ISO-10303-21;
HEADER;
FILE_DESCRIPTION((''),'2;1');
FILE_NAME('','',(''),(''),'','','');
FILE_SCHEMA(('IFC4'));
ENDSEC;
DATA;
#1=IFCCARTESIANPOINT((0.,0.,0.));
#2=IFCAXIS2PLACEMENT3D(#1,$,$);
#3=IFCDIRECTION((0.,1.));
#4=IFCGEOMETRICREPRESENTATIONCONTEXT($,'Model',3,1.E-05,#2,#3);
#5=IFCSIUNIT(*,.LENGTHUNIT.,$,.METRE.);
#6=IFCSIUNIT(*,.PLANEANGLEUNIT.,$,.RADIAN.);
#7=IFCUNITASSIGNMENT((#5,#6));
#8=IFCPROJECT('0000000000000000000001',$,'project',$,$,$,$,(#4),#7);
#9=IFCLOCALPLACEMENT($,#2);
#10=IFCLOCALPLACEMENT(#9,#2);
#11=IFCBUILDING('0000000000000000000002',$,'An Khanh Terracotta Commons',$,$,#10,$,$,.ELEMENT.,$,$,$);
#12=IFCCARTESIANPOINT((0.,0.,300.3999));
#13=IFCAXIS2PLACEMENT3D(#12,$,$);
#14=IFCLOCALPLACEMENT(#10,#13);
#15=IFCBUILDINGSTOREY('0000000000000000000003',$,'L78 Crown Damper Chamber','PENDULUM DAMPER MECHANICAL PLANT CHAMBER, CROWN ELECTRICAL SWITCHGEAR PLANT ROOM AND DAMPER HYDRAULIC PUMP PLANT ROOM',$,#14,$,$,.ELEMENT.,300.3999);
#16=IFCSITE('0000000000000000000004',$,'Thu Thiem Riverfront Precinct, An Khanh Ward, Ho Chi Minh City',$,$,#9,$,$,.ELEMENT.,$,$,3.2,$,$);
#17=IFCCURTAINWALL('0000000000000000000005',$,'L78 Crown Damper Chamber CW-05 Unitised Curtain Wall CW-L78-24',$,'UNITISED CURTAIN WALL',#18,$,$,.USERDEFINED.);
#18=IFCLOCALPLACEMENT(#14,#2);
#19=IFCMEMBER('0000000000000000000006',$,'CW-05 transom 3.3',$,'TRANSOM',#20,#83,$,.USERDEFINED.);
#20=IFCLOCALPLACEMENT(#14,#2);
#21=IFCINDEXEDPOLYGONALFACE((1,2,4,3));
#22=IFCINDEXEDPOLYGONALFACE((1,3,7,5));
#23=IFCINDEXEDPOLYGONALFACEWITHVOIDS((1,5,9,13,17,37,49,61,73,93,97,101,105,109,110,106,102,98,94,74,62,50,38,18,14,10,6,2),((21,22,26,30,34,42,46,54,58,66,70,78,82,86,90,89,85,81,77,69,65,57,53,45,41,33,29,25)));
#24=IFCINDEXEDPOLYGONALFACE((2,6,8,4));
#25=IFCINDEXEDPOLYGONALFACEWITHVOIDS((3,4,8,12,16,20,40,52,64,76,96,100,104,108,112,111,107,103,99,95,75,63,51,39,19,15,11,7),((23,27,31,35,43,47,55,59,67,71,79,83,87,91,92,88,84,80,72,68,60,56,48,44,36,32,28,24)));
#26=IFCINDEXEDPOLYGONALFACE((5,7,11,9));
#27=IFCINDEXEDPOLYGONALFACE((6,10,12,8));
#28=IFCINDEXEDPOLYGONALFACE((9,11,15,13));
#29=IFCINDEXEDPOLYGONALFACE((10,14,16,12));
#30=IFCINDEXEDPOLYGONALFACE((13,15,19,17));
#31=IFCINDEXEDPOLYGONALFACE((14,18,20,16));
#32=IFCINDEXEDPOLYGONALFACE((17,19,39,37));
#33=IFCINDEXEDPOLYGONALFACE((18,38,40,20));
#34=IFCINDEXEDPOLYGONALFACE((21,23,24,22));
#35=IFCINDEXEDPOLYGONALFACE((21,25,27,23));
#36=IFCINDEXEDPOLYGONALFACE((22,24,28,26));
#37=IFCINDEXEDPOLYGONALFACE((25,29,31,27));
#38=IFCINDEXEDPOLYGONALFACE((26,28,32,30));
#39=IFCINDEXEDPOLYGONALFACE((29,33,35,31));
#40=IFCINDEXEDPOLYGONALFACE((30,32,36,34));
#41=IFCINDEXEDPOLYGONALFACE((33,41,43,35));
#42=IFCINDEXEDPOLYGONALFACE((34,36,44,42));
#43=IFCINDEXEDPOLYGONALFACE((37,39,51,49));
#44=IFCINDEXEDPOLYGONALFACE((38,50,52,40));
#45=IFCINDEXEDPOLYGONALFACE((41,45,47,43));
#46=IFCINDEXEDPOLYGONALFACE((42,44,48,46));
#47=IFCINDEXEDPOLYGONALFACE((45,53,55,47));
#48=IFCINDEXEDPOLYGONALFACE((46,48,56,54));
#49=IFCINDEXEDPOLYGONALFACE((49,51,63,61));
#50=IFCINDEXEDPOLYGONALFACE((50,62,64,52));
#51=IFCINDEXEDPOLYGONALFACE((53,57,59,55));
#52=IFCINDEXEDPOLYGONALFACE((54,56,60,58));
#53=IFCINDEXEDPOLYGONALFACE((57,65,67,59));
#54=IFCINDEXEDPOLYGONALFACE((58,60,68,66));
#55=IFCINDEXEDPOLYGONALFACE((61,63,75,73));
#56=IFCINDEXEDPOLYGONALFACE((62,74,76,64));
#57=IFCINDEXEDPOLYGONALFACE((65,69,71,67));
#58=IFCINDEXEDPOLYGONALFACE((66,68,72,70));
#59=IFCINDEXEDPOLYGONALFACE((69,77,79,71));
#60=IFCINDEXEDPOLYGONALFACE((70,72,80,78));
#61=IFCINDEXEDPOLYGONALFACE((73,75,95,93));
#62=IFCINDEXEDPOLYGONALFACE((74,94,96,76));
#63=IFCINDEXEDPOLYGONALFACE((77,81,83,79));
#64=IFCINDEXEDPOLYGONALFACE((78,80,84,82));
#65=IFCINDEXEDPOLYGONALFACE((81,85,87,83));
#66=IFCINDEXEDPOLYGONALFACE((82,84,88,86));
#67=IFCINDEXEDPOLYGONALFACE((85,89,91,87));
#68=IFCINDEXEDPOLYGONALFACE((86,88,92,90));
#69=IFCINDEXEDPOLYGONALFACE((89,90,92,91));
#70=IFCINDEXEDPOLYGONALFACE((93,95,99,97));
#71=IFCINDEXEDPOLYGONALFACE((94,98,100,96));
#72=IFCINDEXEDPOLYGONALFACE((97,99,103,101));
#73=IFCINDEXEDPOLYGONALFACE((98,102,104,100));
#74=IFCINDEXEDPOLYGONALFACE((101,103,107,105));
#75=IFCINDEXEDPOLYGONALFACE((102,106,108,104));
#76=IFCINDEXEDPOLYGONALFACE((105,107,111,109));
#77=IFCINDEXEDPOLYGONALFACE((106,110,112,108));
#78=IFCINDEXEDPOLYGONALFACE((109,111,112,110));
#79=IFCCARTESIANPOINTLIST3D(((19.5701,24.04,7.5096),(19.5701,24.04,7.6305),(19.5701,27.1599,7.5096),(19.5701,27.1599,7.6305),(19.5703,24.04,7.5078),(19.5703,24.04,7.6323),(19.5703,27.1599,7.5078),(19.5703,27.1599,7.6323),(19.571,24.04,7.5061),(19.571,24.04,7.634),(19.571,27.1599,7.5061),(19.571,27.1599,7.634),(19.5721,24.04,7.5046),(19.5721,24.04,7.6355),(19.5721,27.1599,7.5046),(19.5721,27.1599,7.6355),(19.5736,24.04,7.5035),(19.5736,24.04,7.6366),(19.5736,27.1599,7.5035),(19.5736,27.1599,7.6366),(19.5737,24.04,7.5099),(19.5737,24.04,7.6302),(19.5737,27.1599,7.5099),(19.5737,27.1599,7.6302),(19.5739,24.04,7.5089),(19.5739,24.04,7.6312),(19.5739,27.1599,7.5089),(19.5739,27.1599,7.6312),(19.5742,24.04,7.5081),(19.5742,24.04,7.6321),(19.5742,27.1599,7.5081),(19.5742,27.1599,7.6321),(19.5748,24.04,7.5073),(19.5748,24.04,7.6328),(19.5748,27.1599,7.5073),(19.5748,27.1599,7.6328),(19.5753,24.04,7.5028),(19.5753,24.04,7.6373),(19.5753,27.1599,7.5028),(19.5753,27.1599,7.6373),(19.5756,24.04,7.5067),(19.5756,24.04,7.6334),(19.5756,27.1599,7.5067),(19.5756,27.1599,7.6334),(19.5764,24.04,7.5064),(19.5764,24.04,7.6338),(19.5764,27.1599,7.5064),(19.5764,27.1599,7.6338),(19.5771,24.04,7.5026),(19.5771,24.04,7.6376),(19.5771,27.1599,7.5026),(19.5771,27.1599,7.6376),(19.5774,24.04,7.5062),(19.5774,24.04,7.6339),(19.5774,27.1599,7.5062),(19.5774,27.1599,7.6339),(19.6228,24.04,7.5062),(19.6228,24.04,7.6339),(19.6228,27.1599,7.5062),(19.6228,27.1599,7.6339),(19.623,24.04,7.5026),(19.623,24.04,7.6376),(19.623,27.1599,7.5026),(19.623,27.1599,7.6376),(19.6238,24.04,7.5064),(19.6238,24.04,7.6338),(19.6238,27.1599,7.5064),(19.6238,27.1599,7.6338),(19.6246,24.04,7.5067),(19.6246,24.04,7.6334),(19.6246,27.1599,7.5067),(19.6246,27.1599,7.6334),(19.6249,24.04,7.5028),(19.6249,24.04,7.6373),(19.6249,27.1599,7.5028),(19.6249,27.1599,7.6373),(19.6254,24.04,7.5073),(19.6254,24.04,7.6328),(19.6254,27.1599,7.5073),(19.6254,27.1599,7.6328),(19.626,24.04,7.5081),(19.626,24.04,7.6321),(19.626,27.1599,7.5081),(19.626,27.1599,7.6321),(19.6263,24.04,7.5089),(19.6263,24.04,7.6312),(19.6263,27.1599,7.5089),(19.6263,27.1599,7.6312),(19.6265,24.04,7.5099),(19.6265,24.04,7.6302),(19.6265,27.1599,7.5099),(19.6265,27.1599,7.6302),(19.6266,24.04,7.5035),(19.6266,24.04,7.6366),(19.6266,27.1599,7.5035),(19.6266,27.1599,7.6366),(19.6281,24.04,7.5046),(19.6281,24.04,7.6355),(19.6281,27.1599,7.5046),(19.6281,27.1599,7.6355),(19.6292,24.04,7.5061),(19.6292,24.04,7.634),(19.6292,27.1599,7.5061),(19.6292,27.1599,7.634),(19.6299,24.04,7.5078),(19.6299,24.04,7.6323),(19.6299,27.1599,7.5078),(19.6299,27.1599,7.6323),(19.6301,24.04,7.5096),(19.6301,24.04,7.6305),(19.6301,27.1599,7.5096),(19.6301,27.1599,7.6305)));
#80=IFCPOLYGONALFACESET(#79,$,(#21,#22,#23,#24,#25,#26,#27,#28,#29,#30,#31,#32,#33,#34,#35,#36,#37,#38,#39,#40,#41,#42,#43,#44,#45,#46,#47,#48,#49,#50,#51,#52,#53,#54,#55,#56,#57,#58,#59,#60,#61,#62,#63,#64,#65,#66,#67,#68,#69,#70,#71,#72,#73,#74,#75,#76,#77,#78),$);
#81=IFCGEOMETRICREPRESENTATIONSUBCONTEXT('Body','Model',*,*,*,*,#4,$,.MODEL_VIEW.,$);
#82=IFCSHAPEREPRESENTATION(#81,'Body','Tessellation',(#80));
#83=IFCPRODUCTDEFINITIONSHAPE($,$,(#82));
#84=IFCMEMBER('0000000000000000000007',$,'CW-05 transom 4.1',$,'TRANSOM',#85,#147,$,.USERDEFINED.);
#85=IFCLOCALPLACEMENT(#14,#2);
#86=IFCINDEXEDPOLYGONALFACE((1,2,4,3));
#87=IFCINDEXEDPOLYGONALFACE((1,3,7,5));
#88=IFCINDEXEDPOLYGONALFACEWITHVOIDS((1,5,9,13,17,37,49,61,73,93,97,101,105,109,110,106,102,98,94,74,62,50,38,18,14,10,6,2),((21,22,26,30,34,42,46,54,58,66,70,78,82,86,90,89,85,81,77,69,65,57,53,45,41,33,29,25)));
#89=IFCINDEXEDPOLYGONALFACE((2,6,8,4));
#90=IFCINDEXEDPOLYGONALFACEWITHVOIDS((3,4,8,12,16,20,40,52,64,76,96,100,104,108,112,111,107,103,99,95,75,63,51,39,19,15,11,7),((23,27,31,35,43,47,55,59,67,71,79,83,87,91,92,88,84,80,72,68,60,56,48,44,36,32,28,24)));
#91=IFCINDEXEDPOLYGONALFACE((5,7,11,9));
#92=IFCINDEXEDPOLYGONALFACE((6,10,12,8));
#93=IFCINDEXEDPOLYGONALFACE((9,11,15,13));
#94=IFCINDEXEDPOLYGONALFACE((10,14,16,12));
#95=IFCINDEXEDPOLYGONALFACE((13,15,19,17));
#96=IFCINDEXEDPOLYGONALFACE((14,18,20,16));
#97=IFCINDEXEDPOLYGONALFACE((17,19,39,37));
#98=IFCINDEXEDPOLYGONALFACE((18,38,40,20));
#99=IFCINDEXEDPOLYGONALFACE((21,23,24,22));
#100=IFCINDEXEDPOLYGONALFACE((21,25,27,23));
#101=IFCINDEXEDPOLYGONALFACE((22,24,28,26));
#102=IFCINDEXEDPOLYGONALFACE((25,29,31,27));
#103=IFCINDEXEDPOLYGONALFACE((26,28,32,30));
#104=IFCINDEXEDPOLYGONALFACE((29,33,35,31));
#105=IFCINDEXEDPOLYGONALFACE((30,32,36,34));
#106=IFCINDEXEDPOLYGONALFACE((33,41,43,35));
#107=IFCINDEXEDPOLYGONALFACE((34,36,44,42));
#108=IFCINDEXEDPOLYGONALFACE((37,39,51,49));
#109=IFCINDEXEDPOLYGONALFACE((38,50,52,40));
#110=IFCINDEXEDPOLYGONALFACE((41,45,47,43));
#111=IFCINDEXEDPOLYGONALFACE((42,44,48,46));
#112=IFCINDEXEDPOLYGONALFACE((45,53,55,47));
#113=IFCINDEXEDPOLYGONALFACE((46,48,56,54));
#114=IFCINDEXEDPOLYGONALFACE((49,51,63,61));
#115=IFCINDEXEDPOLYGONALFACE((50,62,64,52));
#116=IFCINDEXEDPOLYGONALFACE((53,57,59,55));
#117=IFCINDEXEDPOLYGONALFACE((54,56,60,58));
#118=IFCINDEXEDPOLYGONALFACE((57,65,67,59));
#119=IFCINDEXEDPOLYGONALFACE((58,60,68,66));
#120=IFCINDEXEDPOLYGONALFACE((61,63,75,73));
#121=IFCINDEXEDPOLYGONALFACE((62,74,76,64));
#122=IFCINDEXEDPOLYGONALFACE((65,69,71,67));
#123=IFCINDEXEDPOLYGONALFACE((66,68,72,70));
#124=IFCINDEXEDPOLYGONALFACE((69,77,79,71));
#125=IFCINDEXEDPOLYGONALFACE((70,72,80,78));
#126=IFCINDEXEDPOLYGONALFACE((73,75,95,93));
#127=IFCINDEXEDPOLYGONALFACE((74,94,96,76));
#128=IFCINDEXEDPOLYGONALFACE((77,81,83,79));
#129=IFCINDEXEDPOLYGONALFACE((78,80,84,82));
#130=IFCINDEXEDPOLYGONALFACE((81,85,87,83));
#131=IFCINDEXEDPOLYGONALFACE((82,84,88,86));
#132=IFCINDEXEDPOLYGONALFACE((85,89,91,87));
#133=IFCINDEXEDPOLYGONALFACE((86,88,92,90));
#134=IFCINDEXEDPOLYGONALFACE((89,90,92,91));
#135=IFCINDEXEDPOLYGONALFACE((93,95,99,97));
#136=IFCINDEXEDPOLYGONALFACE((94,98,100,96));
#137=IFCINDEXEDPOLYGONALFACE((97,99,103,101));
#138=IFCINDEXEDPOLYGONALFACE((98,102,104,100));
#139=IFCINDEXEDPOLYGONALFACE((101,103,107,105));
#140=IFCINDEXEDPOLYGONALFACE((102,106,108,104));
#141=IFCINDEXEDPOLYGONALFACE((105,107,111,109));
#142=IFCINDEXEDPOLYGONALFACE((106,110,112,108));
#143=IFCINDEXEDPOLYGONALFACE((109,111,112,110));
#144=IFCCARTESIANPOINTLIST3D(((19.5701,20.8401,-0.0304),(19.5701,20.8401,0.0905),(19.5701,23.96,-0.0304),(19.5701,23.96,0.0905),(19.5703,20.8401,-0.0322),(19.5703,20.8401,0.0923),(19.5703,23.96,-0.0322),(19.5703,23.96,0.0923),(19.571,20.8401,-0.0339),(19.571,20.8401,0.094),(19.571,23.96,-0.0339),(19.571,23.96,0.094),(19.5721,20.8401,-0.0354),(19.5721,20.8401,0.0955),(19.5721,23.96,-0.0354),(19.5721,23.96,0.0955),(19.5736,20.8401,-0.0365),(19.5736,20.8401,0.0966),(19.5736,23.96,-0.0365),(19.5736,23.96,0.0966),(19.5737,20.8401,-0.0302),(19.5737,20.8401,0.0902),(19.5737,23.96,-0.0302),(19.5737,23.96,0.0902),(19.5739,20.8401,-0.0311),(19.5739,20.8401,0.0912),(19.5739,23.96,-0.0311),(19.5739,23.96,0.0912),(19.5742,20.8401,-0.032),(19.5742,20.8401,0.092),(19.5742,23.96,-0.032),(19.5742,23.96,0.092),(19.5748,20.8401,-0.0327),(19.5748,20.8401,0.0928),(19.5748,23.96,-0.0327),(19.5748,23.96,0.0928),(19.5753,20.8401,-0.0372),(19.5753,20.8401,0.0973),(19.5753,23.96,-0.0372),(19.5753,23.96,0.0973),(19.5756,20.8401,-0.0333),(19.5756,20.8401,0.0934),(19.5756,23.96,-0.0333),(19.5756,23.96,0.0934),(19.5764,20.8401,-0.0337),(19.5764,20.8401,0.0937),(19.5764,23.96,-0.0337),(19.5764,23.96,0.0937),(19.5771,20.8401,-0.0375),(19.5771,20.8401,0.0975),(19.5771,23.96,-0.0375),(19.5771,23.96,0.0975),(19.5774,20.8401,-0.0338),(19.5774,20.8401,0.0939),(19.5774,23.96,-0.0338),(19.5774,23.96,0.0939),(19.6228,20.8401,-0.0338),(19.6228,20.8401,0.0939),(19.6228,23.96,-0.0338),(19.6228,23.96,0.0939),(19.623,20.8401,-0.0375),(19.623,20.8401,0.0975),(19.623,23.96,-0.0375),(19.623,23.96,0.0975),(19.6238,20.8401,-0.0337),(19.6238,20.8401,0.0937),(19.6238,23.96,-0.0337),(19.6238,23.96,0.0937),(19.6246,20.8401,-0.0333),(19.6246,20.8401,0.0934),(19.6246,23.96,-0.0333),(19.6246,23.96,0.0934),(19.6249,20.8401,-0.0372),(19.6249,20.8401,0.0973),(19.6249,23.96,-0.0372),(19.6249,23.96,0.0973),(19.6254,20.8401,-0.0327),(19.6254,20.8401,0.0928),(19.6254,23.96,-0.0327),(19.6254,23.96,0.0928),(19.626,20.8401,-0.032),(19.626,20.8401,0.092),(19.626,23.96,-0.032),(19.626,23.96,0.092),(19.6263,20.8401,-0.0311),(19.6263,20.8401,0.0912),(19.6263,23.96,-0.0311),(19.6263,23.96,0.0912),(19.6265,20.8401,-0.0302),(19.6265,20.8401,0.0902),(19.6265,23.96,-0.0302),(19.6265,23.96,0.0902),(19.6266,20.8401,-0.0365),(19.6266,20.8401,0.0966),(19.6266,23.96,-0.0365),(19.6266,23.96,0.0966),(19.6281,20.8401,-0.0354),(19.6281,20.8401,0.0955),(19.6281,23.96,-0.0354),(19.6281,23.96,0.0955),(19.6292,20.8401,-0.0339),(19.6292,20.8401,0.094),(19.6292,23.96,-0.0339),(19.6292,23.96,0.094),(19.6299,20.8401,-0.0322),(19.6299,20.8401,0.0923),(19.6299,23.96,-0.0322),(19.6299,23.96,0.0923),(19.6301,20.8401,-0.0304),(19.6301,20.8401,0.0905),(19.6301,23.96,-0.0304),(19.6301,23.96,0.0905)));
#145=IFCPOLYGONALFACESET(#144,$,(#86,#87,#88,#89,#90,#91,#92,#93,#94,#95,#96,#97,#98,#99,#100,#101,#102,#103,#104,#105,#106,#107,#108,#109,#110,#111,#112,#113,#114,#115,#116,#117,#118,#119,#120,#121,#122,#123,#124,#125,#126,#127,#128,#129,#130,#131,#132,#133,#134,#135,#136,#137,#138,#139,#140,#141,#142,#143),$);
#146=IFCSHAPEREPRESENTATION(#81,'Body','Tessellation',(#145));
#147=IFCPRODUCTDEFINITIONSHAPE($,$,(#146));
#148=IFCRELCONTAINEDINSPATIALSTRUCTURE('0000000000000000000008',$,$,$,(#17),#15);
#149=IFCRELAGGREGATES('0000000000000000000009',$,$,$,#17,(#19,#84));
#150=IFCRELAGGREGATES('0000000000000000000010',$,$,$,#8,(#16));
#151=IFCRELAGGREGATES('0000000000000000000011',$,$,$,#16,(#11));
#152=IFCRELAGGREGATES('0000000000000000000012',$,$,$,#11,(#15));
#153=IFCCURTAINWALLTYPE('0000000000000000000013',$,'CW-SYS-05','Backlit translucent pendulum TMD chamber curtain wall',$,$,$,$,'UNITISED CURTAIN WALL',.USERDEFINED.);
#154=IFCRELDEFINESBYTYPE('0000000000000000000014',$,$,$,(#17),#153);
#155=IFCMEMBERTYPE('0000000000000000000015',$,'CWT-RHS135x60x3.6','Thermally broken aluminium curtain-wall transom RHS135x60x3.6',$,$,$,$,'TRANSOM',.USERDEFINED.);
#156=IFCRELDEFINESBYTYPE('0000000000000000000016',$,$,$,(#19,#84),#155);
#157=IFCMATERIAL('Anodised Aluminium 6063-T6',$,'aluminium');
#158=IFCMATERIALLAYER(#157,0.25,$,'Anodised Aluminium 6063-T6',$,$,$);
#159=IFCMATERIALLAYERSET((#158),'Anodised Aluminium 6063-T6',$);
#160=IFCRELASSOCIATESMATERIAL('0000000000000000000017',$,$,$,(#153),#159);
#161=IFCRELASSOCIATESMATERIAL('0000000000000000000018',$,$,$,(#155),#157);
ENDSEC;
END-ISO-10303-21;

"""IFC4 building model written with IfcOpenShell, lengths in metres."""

from ifc_helpers import new_model, si_unit, direction, frame, origin, origin_2d, place, context, subcontext, project, spatial, hollow_rectangle, extrude, material, layer, layer_set, material_profile, profile_set, type_object, element, aggregate, save


model = new_model("IFC4")

# Units and contexts
model_context = context("Model", 3, precision=1e-05, world=origin(), true_north=direction((0.0, 1.0)))
body_context = subcontext(model_context, "Body", "Model", "MODEL_VIEW")
ifc_project = project(units=[si_unit("LENGTHUNIT", "METRE"), si_unit("PLANEANGLEUNIT", "RADIAN")], contexts=[model_context])

# Site, building, storey
site_placement = place(None, origin())
site = spatial("IfcSite", under=ifc_project, at=site_placement, Name="Thu Thiem Riverfront Precinct, An Khanh Ward, Ho Chi Minh City", CompositionType="ELEMENT", RefElevation=3.2)
building_placement = place(site_placement, origin())
building = spatial("IfcBuilding", under=site, at=building_placement, Name="An Khanh Terracotta Commons", CompositionType="ELEMENT")
storey_placement = place(building_placement, frame((0.0, 0.0, 300.3999)))
storey = spatial("IfcBuildingStorey", under=building, at=storey_placement, Name="L78 Crown Damper Chamber", Description="PENDULUM DAMPER MECHANICAL PLANT CHAMBER, CROWN ELECTRICAL SWITCHGEAR PLANT ROOM AND DAMPER HYDRAULIC PUMP PLANT ROOM", CompositionType="ELEMENT", Elevation=300.3999)

# Curtain wall, members
ifc_material_1 = material(Name="Anodised Aluminium 6063-T6", Category="aluminium")
ifc_layer_1 = layer(ifc_material_1, 0.25, Name="Anodised Aluminium 6063-T6")
ifc_layer_set_1 = layer_set([ifc_layer_1], Name="Anodised Aluminium 6063-T6")
curtain_wall_type = type_object("IfcCurtainWallType", Name="CW-SYS-05", Description="Backlit translucent pendulum TMD chamber curtain wall", ElementType="UNITISED CURTAIN WALL", PredefinedType="USERDEFINED", material=ifc_layer_set_1)
curtain_wall_placement = place(storey_placement, origin())
curtain_wall = element("IfcCurtainWall", 1, at=curtain_wall_placement, inside=storey, type_object=curtain_wall_type, Name="L78 Crown Damper Chamber CW-05 Unitised Curtain Wall CW-L78-24", ObjectType="UNITISED CURTAIN WALL", PredefinedType="USERDEFINED")
ifc_material_profile_1 = material_profile(ifc_material_1, hollow_rectangle(XDim=0.0601, YDim=0.135, WallThickness=0.0037, InnerFilletRadius=0.0037, OuterFilletRadius=0.0071, at=origin_2d()), Name="RHS135x60x3.6")
ifc_profile_set_1 = profile_set([ifc_material_profile_1], Name="Anodised Aluminium 6063-T6")
member_type_1 = type_object("IfcMemberType", Name="CWT-RHS135x60x3.6", Description="Thermally broken aluminium curtain-wall transom RHS135x60x3.6", ElementType="TRANSOM", PredefinedType="USERDEFINED", material=ifc_profile_set_1)
member_1_placement = place(storey_placement, frame((19.6001, 27.1599, 7.5701), z_axis=(0.0, -1.0, 0.0), x_axis=(1.0, 0.0, 0.0)))
member_1 = element("IfcMember", 2, at=member_1_placement, type_object=member_type_1, Name="CW-05 transom 3.3", ObjectType="TRANSOM", PredefinedType="USERDEFINED", context=body_context, shape_type="SweptSolid", body=[
    extrude(hollow_rectangle(XDim=0.0601, YDim=0.135, WallThickness=0.0037, InnerFilletRadius=0.0037, OuterFilletRadius=0.0071, at=origin_2d()), origin(), (0.0, 0.0, 1.0), 3.1199),
])
member_2_placement = place(storey_placement, frame((19.6001, 23.96, 0.03), z_axis=(0.0, -1.0, 0.0), x_axis=(1.0, 0.0, 0.0)))
member_2 = element("IfcMember", 3, at=member_2_placement, type_object=member_type_1, Name="CW-05 transom 4.1", ObjectType="TRANSOM", PredefinedType="USERDEFINED", context=body_context, shape_type="SweptSolid", body=[
    extrude(hollow_rectangle(XDim=0.0601, YDim=0.135, WallThickness=0.0037, InnerFilletRadius=0.0037, OuterFilletRadius=0.0071, at=origin_2d()), origin(), (0.0, 0.0, 1.0), 3.1199),
])
aggregate(curtain_wall, [member_1, member_2])

save(model, "model.ifc")
